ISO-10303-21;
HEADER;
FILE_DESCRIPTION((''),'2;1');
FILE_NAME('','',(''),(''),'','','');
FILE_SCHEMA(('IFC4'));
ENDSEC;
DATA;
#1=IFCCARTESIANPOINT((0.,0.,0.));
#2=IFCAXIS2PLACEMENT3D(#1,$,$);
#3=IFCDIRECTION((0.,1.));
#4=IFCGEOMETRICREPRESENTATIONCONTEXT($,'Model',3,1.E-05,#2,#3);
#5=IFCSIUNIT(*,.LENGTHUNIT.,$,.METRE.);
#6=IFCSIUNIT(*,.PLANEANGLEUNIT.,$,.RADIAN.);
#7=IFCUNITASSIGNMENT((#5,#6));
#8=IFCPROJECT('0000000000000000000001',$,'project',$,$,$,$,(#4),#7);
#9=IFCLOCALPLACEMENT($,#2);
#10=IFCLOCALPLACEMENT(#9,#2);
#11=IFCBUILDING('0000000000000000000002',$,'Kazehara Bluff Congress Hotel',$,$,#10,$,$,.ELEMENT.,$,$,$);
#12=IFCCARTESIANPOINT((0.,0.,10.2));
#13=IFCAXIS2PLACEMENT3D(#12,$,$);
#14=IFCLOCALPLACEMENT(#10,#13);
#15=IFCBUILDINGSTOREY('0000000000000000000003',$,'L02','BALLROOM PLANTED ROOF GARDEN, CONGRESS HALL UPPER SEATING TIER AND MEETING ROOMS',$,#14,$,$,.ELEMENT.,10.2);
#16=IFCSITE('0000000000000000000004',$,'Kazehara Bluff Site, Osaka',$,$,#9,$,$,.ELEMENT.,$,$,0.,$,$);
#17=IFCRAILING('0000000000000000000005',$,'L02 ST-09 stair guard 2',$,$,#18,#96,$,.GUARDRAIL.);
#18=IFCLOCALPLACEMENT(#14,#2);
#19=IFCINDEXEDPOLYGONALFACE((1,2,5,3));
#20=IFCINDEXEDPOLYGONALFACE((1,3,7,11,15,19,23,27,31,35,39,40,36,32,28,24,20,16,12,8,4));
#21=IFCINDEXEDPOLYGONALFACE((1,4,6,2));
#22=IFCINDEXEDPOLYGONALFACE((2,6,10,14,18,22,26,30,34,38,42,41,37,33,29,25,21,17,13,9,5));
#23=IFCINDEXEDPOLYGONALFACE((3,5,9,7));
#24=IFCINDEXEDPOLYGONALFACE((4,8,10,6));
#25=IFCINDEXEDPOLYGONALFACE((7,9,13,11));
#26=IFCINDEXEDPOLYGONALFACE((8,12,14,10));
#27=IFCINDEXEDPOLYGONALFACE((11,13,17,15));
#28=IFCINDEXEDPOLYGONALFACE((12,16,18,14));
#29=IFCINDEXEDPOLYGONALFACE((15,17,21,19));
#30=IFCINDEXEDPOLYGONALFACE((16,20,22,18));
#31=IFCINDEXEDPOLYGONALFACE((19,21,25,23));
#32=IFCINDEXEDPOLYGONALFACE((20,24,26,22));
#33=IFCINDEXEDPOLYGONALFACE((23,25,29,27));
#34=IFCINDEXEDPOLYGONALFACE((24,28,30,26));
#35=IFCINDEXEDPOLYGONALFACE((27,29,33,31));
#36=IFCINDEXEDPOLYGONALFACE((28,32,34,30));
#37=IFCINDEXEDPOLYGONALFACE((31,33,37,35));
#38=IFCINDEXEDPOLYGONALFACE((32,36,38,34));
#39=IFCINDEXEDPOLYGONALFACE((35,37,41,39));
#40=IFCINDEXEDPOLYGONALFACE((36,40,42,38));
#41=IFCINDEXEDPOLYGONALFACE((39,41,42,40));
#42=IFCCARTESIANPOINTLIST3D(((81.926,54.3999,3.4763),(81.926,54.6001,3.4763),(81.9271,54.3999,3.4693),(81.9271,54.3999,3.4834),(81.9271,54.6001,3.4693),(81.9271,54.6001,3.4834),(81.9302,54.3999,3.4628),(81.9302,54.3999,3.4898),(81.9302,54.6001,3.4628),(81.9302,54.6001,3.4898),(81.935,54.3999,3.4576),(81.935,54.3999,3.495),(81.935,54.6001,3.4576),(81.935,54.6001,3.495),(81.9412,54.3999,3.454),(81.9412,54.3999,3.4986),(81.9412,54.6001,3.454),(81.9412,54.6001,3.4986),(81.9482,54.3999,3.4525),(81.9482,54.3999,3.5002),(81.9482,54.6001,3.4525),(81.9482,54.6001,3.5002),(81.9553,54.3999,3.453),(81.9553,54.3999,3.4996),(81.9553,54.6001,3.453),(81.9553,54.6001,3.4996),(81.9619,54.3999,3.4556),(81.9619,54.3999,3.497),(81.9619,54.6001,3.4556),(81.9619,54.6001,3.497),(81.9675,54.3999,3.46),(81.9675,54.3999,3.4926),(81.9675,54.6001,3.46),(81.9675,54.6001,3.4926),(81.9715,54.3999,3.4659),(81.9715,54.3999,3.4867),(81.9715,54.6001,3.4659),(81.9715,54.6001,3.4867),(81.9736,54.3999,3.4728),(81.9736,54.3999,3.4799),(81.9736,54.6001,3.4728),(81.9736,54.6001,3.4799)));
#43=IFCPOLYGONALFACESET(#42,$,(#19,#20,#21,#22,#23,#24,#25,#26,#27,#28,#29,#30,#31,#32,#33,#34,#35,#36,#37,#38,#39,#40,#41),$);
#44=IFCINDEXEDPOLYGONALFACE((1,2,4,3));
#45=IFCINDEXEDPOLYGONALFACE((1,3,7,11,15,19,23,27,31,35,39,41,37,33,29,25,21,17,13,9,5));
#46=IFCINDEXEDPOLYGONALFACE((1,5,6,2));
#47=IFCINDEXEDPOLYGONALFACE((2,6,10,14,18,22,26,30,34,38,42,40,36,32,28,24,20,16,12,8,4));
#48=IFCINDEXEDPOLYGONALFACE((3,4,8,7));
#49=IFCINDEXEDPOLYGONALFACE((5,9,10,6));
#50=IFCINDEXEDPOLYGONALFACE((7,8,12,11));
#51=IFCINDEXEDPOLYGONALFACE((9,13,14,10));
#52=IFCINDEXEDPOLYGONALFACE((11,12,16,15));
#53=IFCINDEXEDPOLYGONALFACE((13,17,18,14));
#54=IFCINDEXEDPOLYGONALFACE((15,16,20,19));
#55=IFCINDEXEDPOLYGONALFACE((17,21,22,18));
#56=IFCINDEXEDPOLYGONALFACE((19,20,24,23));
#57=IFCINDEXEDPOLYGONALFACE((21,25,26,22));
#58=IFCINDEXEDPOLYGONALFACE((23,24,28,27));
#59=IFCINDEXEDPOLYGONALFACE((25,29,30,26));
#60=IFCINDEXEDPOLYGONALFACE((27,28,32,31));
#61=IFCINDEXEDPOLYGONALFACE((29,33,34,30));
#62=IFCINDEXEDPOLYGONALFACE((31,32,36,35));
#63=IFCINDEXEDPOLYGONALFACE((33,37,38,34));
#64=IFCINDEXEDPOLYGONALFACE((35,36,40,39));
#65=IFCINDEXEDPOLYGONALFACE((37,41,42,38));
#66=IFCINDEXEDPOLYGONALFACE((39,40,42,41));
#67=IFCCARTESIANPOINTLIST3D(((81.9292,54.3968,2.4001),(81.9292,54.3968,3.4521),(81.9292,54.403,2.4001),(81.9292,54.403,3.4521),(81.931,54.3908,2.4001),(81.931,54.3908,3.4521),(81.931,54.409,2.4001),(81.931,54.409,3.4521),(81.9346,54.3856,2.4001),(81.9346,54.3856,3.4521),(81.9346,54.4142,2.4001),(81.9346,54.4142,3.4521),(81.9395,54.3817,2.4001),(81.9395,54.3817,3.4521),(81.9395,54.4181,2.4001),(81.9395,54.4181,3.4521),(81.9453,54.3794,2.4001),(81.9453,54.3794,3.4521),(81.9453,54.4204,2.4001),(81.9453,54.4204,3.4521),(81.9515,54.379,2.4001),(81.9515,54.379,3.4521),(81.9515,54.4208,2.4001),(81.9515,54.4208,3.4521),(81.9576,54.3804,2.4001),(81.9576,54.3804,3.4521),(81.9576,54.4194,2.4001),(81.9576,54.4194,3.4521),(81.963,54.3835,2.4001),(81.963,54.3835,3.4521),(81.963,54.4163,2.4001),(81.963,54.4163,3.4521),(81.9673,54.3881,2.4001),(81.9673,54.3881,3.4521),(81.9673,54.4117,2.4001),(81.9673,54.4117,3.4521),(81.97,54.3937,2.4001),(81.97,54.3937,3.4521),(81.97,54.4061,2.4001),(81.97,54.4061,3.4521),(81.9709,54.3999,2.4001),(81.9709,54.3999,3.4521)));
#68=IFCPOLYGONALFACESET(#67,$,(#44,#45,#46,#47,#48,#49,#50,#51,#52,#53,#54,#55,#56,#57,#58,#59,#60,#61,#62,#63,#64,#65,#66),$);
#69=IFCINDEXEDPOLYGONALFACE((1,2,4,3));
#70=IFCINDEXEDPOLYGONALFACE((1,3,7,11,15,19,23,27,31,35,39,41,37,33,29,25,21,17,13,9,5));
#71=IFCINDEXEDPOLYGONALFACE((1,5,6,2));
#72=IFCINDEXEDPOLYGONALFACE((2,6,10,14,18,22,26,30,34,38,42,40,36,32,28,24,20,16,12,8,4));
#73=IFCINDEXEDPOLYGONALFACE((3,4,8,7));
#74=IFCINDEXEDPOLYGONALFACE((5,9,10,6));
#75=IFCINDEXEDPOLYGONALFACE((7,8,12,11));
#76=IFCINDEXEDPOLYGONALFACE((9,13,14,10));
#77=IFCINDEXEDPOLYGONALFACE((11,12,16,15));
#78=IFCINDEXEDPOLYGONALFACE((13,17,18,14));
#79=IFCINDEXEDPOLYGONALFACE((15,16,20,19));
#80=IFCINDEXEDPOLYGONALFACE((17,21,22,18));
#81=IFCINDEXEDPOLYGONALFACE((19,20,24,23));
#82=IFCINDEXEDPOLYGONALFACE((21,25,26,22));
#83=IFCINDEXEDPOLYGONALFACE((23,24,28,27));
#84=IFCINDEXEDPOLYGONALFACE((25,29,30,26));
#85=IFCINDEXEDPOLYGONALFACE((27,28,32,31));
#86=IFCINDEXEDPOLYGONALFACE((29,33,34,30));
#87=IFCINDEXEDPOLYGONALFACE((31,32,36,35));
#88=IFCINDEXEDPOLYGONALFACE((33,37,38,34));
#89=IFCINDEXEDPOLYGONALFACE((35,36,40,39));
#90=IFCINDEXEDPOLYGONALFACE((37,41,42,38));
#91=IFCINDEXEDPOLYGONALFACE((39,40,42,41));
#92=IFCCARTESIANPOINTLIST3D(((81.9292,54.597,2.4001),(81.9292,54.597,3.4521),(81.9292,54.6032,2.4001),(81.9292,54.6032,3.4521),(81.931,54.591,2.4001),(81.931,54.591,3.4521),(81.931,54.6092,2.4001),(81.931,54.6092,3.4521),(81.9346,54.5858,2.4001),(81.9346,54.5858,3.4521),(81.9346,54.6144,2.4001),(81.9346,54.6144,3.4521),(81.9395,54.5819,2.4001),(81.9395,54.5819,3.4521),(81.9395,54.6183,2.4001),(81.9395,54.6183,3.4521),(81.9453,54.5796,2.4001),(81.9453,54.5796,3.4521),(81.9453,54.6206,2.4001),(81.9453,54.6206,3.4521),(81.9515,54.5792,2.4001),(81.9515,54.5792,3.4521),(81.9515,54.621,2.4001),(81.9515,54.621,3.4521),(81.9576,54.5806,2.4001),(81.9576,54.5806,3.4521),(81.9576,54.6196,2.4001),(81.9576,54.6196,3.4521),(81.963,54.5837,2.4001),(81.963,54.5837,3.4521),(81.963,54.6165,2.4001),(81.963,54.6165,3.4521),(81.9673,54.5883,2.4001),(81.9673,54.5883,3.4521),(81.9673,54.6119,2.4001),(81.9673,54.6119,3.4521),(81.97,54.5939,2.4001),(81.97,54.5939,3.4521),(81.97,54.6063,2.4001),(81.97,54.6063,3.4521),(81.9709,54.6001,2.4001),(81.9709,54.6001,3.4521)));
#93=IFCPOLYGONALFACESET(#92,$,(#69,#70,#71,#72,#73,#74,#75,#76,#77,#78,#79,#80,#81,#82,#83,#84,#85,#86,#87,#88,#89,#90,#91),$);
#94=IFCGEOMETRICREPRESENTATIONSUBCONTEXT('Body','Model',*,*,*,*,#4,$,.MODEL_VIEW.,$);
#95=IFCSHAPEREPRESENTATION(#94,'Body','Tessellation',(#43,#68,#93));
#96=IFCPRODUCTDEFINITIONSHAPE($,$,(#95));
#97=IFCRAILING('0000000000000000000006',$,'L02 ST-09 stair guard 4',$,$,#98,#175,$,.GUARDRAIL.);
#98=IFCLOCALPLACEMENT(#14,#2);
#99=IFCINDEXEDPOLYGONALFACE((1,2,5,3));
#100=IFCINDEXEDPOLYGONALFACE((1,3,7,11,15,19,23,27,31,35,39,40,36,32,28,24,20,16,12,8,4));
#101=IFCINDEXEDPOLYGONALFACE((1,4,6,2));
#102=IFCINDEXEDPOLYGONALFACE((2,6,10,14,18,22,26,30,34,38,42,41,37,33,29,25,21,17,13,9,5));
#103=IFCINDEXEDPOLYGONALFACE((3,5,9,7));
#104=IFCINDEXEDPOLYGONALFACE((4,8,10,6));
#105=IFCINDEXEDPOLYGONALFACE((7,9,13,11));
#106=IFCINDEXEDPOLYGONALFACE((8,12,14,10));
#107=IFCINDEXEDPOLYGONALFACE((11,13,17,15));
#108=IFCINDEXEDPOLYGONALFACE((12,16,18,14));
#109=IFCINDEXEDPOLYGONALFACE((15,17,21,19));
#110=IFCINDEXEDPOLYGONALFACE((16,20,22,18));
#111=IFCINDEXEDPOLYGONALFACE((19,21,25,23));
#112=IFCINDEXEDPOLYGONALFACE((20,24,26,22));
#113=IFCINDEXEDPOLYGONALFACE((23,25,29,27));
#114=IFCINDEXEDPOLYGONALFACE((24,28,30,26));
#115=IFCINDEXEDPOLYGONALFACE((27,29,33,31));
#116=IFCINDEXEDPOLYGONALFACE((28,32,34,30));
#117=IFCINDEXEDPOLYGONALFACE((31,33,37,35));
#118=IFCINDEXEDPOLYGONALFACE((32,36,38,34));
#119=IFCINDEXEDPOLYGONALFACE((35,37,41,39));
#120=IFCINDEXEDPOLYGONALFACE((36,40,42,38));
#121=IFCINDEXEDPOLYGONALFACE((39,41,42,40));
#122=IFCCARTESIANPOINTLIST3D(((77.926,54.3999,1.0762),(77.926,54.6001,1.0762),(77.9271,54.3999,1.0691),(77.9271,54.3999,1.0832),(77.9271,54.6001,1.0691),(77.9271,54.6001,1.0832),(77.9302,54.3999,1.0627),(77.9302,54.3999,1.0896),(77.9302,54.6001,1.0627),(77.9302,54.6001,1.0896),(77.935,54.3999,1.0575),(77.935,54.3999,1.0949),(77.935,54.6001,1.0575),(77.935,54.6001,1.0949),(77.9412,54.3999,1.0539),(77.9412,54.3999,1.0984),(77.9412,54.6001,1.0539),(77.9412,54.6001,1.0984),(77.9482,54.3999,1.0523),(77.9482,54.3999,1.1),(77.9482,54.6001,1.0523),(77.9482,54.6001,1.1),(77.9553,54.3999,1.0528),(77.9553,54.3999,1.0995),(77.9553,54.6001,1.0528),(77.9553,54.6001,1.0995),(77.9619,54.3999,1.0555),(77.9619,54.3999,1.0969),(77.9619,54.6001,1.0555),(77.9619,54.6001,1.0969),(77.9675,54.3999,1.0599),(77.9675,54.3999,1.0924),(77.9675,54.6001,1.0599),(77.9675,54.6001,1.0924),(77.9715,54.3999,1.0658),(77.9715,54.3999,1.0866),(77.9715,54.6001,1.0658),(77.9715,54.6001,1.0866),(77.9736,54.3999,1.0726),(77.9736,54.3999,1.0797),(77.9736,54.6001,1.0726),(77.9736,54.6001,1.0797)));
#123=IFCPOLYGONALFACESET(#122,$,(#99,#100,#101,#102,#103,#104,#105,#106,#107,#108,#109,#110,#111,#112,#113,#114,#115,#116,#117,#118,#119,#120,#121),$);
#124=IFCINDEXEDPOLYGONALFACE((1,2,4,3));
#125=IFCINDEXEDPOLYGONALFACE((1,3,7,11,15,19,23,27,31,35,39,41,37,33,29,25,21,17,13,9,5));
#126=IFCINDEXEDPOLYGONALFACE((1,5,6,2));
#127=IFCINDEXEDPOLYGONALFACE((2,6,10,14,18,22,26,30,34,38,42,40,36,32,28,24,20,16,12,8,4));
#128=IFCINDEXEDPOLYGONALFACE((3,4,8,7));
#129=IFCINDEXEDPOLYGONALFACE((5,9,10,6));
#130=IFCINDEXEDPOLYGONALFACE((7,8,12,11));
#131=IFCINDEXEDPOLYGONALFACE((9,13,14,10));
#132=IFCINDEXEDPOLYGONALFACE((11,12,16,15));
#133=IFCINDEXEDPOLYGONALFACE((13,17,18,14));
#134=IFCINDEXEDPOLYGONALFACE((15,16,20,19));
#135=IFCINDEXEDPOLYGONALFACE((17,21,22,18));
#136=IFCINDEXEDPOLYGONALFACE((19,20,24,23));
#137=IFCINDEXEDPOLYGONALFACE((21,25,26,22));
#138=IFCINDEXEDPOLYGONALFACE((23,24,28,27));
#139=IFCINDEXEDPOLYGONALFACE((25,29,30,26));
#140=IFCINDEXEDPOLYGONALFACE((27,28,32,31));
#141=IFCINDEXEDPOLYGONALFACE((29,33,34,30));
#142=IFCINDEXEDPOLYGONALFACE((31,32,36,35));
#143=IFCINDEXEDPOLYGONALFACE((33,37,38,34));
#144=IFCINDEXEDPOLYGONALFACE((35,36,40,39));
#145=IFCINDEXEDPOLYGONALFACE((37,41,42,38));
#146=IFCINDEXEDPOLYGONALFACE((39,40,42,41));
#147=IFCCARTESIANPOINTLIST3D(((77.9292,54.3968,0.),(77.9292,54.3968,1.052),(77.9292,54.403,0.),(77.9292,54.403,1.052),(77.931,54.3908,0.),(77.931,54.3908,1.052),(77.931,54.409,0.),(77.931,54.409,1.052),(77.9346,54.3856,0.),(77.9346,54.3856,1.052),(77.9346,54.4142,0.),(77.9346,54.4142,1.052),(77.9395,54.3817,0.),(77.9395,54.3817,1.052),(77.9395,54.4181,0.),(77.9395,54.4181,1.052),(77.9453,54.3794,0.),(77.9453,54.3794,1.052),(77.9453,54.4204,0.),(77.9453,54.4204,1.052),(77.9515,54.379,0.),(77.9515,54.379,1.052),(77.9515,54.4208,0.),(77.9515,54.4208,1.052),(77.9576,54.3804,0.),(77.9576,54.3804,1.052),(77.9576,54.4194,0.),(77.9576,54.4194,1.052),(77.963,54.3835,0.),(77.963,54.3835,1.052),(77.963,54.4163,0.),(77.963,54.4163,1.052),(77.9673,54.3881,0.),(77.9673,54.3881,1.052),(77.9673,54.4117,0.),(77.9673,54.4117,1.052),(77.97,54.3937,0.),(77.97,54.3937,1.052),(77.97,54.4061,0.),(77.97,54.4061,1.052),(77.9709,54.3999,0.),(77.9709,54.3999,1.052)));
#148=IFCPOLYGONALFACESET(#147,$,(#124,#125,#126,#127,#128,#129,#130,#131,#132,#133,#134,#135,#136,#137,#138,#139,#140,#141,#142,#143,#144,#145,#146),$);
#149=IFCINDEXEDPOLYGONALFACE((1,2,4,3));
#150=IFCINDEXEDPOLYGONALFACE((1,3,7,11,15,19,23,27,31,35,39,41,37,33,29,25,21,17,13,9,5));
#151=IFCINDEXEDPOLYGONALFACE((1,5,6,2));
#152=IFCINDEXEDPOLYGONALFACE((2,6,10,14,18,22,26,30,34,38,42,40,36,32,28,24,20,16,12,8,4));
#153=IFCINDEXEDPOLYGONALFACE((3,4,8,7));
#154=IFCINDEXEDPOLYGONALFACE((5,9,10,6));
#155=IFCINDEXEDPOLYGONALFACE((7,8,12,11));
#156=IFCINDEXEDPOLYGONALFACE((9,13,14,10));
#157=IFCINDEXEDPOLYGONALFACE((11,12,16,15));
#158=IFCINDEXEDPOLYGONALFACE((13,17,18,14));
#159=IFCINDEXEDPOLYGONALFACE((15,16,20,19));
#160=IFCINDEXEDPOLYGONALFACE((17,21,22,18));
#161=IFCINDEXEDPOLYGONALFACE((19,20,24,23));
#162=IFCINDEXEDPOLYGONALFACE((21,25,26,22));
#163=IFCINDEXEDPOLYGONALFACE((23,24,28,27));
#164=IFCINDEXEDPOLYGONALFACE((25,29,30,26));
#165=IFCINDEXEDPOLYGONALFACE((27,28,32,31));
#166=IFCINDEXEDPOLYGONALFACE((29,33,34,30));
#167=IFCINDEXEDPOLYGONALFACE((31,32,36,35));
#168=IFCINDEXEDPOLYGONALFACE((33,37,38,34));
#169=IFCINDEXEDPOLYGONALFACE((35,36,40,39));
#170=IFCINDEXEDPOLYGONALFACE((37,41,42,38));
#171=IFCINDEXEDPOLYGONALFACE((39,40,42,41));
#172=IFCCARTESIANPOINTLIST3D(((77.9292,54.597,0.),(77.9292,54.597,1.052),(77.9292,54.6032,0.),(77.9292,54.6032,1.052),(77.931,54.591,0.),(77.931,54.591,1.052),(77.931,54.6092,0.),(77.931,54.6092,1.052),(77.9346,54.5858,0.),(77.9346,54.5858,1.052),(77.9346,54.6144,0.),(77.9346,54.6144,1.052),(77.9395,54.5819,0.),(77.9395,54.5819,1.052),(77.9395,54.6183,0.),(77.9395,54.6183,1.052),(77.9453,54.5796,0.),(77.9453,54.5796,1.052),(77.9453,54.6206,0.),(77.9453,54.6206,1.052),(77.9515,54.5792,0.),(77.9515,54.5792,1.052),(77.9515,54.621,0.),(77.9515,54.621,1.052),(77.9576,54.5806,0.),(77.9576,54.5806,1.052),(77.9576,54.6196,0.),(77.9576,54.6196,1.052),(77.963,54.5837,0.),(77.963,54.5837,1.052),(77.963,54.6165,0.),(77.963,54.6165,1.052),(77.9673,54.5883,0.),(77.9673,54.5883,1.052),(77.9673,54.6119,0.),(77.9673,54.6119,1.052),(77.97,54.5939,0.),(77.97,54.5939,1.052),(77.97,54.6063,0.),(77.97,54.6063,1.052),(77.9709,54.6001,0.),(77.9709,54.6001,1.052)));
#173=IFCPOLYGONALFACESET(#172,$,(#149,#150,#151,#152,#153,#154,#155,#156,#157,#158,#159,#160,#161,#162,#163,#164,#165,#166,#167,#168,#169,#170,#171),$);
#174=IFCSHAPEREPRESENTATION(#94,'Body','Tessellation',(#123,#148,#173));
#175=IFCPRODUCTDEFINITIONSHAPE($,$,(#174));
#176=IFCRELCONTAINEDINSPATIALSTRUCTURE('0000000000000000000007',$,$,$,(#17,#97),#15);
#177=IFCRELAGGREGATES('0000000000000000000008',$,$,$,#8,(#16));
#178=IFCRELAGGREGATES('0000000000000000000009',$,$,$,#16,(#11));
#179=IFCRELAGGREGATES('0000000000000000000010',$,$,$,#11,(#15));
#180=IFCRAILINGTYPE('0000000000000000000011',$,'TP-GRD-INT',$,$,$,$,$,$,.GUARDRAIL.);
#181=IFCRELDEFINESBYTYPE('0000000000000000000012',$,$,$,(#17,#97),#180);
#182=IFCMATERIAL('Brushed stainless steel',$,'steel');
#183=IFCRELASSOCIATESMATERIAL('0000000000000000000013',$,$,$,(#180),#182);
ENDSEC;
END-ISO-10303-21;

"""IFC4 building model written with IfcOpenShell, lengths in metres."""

from ifc_helpers import new_model, si_unit, direction, frame, origin, origin_2d, place, context, subcontext, project, spatial, circle, extrude, material, type_object, element, save


model = new_model("IFC4")

# Units and contexts
model_context = context("Model", 3, precision=1e-05, world=origin(), true_north=direction((0.0, 1.0)))
body_context = subcontext(model_context, "Body", "Model", "MODEL_VIEW")
ifc_project = project(units=[si_unit("LENGTHUNIT", "METRE"), si_unit("PLANEANGLEUNIT", "RADIAN")], contexts=[model_context])

# Site, building, storey
site_placement = place(None, origin())
site = spatial("IfcSite", under=ifc_project, at=site_placement, Name="Kazehara Bluff Site, Osaka", CompositionType="ELEMENT", RefElevation=0.0)
building_placement = place(site_placement, origin())
building = spatial("IfcBuilding", under=site, at=building_placement, Name="Kazehara Bluff Congress Hotel", CompositionType="ELEMENT")
storey_placement = place(building_placement, frame((0.0, 0.0, 10.2)))
storey = spatial("IfcBuildingStorey", under=building, at=storey_placement, Name="L02", Description="BALLROOM PLANTED ROOF GARDEN, CONGRESS HALL UPPER SEATING TIER AND MEETING ROOMS", CompositionType="ELEMENT", Elevation=10.2)

# Railings
ifc_material_1 = material(Name="Brushed stainless steel", Category="steel")
railing_type_1 = type_object("IfcRailingType", Name="TP-GRD-INT", PredefinedType="GUARDRAIL", material=ifc_material_1)
for number, where, name in (
    (1, (81.95, 54.3999, 2.4001), "L02 ST-09 stair guard 2"),
    (2, (77.95, 54.3999, 0.0), "L02 ST-09 stair guard 4"),
):
    element("IfcRailing", number, at=place(storey_placement, frame(where)), inside=storey, type_object=railing_type_1, Name=name, PredefinedType="GUARDRAIL", context=body_context, shape_type="SweptSolid", body=[
        extrude(circle(Radius=0.0239, at=origin_2d()), frame((0.0, 0.0, 1.0762), z_axis=(0.0, 1.0, 0.0), x_axis=(-1.0, 0.0, 0.0)), (0.0, 0.0, 1.0), 0.2002),
        extrude(circle(Radius=0.021, at=origin_2d()), origin(), (0.0, 0.0, 1.0), 1.052),
        extrude(circle(Radius=0.021, at=origin_2d()), frame((0.0, 0.2002, 0.0)), (0.0, 0.0, 1.0), 1.052),
    ])

save(model, "model.ifc")
